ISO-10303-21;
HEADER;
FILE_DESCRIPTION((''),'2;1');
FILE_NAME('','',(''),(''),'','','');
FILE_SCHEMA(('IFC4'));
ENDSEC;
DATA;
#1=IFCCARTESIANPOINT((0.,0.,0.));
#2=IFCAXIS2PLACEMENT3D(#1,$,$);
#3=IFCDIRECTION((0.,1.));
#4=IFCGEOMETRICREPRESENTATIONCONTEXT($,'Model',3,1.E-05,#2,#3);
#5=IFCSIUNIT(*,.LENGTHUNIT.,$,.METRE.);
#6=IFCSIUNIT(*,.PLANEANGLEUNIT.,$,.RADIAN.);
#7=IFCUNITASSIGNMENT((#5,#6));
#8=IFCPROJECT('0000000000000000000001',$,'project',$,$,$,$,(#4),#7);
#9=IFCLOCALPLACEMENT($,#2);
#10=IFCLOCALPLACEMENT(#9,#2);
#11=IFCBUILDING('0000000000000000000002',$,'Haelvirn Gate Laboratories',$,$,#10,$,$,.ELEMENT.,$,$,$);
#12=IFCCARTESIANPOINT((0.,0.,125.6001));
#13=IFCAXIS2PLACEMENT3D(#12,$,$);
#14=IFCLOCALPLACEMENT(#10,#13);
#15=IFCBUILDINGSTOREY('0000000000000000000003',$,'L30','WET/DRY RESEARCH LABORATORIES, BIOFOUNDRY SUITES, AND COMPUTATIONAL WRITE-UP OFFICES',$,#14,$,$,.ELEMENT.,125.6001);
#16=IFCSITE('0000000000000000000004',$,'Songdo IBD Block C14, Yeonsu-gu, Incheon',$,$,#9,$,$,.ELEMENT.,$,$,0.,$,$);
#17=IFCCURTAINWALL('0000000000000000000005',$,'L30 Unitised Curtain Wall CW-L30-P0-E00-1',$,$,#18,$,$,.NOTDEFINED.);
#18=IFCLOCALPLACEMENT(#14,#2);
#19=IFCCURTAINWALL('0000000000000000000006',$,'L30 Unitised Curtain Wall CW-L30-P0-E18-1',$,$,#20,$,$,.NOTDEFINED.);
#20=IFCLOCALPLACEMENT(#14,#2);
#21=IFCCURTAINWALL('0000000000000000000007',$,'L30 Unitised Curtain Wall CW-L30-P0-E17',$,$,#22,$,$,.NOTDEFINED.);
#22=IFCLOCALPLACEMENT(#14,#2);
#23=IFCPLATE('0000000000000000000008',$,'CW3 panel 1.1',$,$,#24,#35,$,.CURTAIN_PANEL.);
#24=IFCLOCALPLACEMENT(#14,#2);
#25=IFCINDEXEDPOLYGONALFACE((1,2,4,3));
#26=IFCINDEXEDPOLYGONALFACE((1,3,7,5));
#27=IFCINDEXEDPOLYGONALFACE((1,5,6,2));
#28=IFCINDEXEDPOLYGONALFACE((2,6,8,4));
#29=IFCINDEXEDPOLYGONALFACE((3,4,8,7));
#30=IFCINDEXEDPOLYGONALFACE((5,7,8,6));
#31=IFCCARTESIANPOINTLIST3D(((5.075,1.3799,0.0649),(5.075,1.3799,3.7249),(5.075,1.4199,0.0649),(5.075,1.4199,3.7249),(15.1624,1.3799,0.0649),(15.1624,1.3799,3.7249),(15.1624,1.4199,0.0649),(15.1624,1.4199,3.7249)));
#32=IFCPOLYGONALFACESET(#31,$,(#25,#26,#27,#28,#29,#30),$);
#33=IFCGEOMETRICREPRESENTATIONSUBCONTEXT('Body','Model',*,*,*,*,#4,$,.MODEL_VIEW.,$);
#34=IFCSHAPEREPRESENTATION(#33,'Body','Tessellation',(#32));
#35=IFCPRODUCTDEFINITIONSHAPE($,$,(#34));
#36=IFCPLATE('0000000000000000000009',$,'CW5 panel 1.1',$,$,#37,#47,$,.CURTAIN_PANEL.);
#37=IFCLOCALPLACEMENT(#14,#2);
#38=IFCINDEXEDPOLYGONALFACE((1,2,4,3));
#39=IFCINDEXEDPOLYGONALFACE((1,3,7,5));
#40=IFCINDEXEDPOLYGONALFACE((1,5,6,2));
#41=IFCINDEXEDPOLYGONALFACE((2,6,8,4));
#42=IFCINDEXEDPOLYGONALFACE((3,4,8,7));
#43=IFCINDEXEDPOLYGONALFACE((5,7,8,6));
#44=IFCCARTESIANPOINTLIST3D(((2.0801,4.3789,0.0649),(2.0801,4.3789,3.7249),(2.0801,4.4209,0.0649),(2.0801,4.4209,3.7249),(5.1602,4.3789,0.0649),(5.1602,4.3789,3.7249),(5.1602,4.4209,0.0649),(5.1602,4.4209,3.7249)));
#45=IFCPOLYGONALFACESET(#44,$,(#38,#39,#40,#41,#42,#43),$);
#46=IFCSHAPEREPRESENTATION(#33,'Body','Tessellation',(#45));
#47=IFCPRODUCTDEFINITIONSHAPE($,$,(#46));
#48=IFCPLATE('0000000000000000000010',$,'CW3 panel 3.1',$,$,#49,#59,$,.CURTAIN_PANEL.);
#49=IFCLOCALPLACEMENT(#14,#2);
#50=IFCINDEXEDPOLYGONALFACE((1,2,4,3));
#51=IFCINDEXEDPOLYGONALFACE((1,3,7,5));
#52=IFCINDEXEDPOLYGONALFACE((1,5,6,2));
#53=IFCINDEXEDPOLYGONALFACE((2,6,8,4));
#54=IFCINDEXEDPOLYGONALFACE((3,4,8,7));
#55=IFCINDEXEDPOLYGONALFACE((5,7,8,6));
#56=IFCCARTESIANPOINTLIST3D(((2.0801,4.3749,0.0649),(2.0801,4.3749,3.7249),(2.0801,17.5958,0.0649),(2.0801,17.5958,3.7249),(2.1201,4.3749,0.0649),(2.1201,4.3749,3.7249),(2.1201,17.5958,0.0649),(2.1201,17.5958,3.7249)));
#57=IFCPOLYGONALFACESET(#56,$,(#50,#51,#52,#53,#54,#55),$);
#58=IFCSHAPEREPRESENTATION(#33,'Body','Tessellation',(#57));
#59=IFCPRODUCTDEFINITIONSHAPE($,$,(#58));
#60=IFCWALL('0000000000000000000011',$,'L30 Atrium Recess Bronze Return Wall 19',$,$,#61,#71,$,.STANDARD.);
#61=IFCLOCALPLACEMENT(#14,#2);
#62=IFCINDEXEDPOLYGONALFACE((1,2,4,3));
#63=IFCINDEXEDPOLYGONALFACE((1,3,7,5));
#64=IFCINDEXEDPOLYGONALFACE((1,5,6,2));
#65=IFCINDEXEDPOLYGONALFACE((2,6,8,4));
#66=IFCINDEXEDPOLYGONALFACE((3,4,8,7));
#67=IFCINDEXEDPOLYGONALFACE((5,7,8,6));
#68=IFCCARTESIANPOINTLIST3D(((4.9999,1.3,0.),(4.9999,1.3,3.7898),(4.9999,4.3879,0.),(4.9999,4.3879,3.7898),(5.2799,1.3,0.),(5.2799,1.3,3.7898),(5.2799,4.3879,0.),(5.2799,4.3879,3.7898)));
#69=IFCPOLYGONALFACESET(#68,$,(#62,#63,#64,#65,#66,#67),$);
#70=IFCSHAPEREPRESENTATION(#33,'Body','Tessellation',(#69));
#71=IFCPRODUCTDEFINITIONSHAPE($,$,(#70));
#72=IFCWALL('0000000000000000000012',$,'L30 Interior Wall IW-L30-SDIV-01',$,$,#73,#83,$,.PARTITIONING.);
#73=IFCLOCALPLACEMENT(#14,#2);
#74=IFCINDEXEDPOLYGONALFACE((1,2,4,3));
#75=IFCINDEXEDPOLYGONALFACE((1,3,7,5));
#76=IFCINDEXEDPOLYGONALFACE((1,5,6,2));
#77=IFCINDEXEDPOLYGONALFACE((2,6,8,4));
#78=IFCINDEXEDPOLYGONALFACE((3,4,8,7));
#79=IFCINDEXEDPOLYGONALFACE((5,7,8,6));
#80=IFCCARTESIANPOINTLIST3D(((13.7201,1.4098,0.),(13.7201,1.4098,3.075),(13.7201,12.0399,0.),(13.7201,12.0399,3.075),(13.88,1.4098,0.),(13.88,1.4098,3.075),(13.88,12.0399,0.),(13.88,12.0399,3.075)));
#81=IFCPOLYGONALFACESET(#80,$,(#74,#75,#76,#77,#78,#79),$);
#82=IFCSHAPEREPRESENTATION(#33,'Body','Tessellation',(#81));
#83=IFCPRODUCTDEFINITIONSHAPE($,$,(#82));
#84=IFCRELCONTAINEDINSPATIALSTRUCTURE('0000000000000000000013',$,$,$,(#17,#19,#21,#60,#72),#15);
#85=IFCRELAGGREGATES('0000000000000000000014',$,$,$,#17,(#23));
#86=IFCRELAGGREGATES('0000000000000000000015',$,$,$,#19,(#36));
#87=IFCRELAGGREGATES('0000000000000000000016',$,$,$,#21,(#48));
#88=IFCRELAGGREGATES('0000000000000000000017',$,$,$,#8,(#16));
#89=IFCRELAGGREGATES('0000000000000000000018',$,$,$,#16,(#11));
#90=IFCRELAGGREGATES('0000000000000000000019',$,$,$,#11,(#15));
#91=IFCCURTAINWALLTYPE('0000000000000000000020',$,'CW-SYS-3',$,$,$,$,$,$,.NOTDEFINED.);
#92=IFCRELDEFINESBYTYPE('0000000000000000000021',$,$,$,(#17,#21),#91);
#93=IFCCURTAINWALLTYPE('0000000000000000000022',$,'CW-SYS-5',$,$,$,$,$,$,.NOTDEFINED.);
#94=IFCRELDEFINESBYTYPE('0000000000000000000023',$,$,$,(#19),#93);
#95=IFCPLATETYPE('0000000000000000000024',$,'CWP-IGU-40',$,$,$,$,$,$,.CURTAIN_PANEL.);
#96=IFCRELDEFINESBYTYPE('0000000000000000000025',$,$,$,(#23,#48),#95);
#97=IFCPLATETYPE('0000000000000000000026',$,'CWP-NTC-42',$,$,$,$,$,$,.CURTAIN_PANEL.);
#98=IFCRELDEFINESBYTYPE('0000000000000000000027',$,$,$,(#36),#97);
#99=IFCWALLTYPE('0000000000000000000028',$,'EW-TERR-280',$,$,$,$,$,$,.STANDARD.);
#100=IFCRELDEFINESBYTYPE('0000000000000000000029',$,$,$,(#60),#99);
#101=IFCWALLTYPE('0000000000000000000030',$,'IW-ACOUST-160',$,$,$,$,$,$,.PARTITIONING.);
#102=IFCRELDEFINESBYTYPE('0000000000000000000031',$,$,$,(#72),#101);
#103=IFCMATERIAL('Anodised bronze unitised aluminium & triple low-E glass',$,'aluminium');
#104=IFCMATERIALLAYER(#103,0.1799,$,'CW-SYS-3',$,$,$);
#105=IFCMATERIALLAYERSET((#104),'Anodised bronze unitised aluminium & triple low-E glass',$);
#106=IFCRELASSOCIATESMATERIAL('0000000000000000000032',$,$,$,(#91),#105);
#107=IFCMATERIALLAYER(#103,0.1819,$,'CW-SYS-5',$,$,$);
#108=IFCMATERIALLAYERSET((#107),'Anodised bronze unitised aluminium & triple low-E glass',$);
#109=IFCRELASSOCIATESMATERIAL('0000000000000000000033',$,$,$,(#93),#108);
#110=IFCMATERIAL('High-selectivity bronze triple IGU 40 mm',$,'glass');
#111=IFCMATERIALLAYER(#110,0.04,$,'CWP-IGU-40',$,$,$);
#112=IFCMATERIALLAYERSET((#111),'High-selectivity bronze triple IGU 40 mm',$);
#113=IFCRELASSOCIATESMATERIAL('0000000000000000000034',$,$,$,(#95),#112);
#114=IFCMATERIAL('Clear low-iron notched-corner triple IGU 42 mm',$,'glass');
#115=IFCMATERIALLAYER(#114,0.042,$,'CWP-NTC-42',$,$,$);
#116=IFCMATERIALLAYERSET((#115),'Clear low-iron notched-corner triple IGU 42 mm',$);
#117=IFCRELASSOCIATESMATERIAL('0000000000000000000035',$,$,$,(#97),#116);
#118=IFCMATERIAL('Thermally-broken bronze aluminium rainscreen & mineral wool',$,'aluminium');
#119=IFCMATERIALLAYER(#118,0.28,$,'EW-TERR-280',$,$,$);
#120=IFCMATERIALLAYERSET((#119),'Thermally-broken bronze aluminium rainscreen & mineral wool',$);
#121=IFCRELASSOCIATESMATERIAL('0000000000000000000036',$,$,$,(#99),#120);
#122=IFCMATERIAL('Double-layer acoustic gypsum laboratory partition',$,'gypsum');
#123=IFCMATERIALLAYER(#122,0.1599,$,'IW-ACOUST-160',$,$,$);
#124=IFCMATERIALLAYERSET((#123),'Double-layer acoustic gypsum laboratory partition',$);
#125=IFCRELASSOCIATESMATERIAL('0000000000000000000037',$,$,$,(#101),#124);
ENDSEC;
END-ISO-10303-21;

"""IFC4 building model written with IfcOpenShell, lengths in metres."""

from ifc_helpers import new_model, si_unit, direction, frame, frame_2d, origin, origin_2d, place, context, subcontext, project, spatial, rectangle, extrude, source, transform, mapped, material, layer, layer_set, type_object, type_shapes, element, aggregate, save


model = new_model("IFC4")

# Units and contexts
model_context = context("Model", 3, precision=1e-05, world=origin(), true_north=direction((0.0, 1.0)))
body_context = subcontext(model_context, "Body", "Model", "MODEL_VIEW")
ifc_project = project(units=[si_unit("LENGTHUNIT", "METRE"), si_unit("PLANEANGLEUNIT", "RADIAN")], contexts=[model_context])

# Site, building, storey
site_placement = place(None, origin())
site = spatial("IfcSite", under=ifc_project, at=site_placement, Name="Songdo IBD Block C14, Yeonsu-gu, Incheon", CompositionType="ELEMENT", RefElevation=0.0)
building_placement = place(site_placement, origin())
building = spatial("IfcBuilding", under=site, at=building_placement, Name="Haelvirn Gate Laboratories", CompositionType="ELEMENT")
storey_placement = place(building_placement, frame((0.0, 0.0, 125.6001)))
storey = spatial("IfcBuildingStorey", under=building, at=storey_placement, Name="L30", Description="WET/DRY RESEARCH LABORATORIES, BIOFOUNDRY SUITES, AND COMPUTATIONAL WRITE-UP OFFICES", CompositionType="ELEMENT", Elevation=125.6001)

# Curtain walls
ifc_material_1 = material(Name="Anodised bronze unitised aluminium & triple low-E glass", Category="aluminium")
ifc_layer_1 = layer(ifc_material_1, 0.1799, Name="CW-SYS-3")
ifc_layer_set_1 = layer_set([ifc_layer_1], Name="Anodised bronze unitised aluminium & triple low-E glass")
curtain_wall_type_1 = type_object("IfcCurtainWallType", Name="CW-SYS-3", PredefinedType="NOTDEFINED", material=ifc_layer_set_1)
curtain_wall_1_placement = place(storey_placement, origin())
curtain_wall_1 = element("IfcCurtainWall", 1, at=curtain_wall_1_placement, inside=storey, type_object=curtain_wall_type_1, Name="L30 Unitised Curtain Wall CW-L30-P0-E00-1", PredefinedType="NOTDEFINED")
ifc_layer_2 = layer(ifc_material_1, 0.1819, Name="CW-SYS-5")
ifc_layer_set_2 = layer_set([ifc_layer_2], Name="Anodised bronze unitised aluminium & triple low-E glass")
curtain_wall_type_2 = type_object("IfcCurtainWallType", Name="CW-SYS-5", PredefinedType="NOTDEFINED", material=ifc_layer_set_2)
curtain_wall_2_placement = place(storey_placement, origin())
curtain_wall_2 = element("IfcCurtainWall", 2, at=curtain_wall_2_placement, inside=storey, type_object=curtain_wall_type_2, Name="L30 Unitised Curtain Wall CW-L30-P0-E18-1", PredefinedType="NOTDEFINED")

# Curtain wall
curtain_wall_3_placement = place(storey_placement, origin())
curtain_wall_3 = element("IfcCurtainWall", 3, at=curtain_wall_3_placement, inside=storey, type_object=curtain_wall_type_1, Name="L30 Unitised Curtain Wall CW-L30-P0-E17", PredefinedType="NOTDEFINED")

# Plates
ifc_material_2 = material(Name="High-selectivity bronze triple IGU 40 mm", Category="glass")
ifc_layer_3 = layer(ifc_material_2, 0.04, Name="CWP-IGU-40")
ifc_layer_set_3 = layer_set([ifc_layer_3], Name="High-selectivity bronze triple IGU 40 mm")
plate_type_1 = type_object("IfcPlateType", Name="CWP-IGU-40", PredefinedType="CURTAIN_PANEL", material=ifc_layer_set_3)
shared_shape_1 = source(origin(), body_context, "Body", "SweptSolid", [
    extrude(rectangle(XDim=10.0874, YDim=0.04, at=origin_2d()), origin(), (0.0, 0.0, 1.0), 3.6599),
])
plate_1_placement = place(storey_placement, frame((10.1187, 1.3999, 0.0649), z_axis=(0.0, 0.0, 1.0), x_axis=(1.0, 0.0, 0.0)))
plate_1 = element("IfcPlate", 4, at=plate_1_placement, type_object=plate_type_1, Name="CW3 panel 1.1", PredefinedType="CURTAIN_PANEL", context=body_context, shape_type="MappedRepresentation", body=[
    mapped(shared_shape_1, transform((0.0, 0.0, 0.0), scale=1.0)),
])
aggregate(curtain_wall_1, [plate_1])
ifc_material_3 = material(Name="Clear low-iron notched-corner triple IGU 42 mm", Category="glass")
ifc_layer_4 = layer(ifc_material_3, 0.042, Name="CWP-NTC-42")
ifc_layer_set_4 = layer_set([ifc_layer_4], Name="Clear low-iron notched-corner triple IGU 42 mm")
plate_type_2 = type_object("IfcPlateType", Name="CWP-NTC-42", PredefinedType="CURTAIN_PANEL", material=ifc_layer_set_4)
shared_shape_2 = source(origin(), body_context, "Body", "SweptSolid", [
    extrude(rectangle(XDim=3.0801, YDim=0.042, at=origin_2d()), origin(), (0.0, 0.0, 1.0), 3.6599),
])
type_shapes(plate_type_2, [shared_shape_2])
plate_2_placement = place(storey_placement, frame((3.6201, 4.3999, 0.0649), z_axis=(0.0, 0.0, 1.0), x_axis=(1.0, 0.0, 0.0)))
plate_2 = element("IfcPlate", 5, at=plate_2_placement, type_object=plate_type_2, Name="CW5 panel 1.1", PredefinedType="CURTAIN_PANEL", context=body_context, shape_type="MappedRepresentation", body=[
    mapped(shared_shape_2, transform((0.0, 0.0, 0.0), scale=1.0)),
])
aggregate(curtain_wall_2, [plate_2])
shared_shape_3 = source(origin(), body_context, "Body", "SweptSolid", [
    extrude(rectangle(XDim=13.2209, YDim=0.04, at=origin_2d()), origin(), (0.0, 0.0, 1.0), 3.6599),
])
type_shapes(plate_type_1, [shared_shape_1, shared_shape_3])
plate_3_placement = place(storey_placement, frame((2.1001, 10.9854, 0.0649), z_axis=(0.0, 0.0, 1.0), x_axis=(0.0, -1.0, 0.0)))
plate_3 = element("IfcPlate", 6, at=plate_3_placement, type_object=plate_type_1, Name="CW3 panel 3.1", PredefinedType="CURTAIN_PANEL", context=body_context, shape_type="MappedRepresentation", body=[
    mapped(shared_shape_3, transform((0.0, 0.0, 0.0), scale=1.0)),
])
aggregate(curtain_wall_3, [plate_3])

# Walls
ifc_material_4 = material(Name="Thermally-broken bronze aluminium rainscreen & mineral wool", Category="aluminium")
ifc_layer_5 = layer(ifc_material_4, 0.28, Name="EW-TERR-280")
ifc_layer_set_5 = layer_set([ifc_layer_5], Name="Thermally-broken bronze aluminium rainscreen & mineral wool")
wall_type_1 = type_object("IfcWallType", Name="EW-TERR-280", PredefinedType="STANDARD", material=ifc_layer_set_5)
wall_1_placement = place(storey_placement, frame((5.1399, 4.3879, 0.0), z_axis=(0.0, 0.0, 1.0), x_axis=(0.0, -1.0, 0.0)))
element("IfcWall", 7, at=wall_1_placement, inside=storey, type_object=wall_type_1, Name="L30 Atrium Recess Bronze Return Wall 19", PredefinedType="STANDARD", context=body_context, shape_type="SweptSolid", body=[
    extrude(rectangle(XDim=3.0879, YDim=0.28, at=frame_2d((1.5439, 0.0))), origin(), (0.0, 0.0, 1.0), 3.7898),
])
ifc_material_5 = material(Name="Double-layer acoustic gypsum laboratory partition", Category="gypsum")
ifc_layer_6 = layer(ifc_material_5, 0.1599, Name="IW-ACOUST-160")
ifc_layer_set_6 = layer_set([ifc_layer_6], Name="Double-layer acoustic gypsum laboratory partition")
wall_type_2 = type_object("IfcWallType", Name="IW-ACOUST-160", PredefinedType="PARTITIONING", material=ifc_layer_set_6)
wall_2_placement = place(storey_placement, frame((13.8, 1.4099, 0.0), z_axis=(0.0, 0.0, 1.0), x_axis=(0.0, 1.0, 0.0)))
element("IfcWall", 8, at=wall_2_placement, inside=storey, type_object=wall_type_2, Name="L30 Interior Wall IW-L30-SDIV-01", PredefinedType="PARTITIONING", context=body_context, shape_type="SweptSolid", body=[
    extrude(rectangle(XDim=10.6301, YDim=0.1599, at=frame_2d((5.3149, 0.0))), origin(), (0.0, 0.0, 1.0), 3.075),
])

save(model, "model.ifc")
